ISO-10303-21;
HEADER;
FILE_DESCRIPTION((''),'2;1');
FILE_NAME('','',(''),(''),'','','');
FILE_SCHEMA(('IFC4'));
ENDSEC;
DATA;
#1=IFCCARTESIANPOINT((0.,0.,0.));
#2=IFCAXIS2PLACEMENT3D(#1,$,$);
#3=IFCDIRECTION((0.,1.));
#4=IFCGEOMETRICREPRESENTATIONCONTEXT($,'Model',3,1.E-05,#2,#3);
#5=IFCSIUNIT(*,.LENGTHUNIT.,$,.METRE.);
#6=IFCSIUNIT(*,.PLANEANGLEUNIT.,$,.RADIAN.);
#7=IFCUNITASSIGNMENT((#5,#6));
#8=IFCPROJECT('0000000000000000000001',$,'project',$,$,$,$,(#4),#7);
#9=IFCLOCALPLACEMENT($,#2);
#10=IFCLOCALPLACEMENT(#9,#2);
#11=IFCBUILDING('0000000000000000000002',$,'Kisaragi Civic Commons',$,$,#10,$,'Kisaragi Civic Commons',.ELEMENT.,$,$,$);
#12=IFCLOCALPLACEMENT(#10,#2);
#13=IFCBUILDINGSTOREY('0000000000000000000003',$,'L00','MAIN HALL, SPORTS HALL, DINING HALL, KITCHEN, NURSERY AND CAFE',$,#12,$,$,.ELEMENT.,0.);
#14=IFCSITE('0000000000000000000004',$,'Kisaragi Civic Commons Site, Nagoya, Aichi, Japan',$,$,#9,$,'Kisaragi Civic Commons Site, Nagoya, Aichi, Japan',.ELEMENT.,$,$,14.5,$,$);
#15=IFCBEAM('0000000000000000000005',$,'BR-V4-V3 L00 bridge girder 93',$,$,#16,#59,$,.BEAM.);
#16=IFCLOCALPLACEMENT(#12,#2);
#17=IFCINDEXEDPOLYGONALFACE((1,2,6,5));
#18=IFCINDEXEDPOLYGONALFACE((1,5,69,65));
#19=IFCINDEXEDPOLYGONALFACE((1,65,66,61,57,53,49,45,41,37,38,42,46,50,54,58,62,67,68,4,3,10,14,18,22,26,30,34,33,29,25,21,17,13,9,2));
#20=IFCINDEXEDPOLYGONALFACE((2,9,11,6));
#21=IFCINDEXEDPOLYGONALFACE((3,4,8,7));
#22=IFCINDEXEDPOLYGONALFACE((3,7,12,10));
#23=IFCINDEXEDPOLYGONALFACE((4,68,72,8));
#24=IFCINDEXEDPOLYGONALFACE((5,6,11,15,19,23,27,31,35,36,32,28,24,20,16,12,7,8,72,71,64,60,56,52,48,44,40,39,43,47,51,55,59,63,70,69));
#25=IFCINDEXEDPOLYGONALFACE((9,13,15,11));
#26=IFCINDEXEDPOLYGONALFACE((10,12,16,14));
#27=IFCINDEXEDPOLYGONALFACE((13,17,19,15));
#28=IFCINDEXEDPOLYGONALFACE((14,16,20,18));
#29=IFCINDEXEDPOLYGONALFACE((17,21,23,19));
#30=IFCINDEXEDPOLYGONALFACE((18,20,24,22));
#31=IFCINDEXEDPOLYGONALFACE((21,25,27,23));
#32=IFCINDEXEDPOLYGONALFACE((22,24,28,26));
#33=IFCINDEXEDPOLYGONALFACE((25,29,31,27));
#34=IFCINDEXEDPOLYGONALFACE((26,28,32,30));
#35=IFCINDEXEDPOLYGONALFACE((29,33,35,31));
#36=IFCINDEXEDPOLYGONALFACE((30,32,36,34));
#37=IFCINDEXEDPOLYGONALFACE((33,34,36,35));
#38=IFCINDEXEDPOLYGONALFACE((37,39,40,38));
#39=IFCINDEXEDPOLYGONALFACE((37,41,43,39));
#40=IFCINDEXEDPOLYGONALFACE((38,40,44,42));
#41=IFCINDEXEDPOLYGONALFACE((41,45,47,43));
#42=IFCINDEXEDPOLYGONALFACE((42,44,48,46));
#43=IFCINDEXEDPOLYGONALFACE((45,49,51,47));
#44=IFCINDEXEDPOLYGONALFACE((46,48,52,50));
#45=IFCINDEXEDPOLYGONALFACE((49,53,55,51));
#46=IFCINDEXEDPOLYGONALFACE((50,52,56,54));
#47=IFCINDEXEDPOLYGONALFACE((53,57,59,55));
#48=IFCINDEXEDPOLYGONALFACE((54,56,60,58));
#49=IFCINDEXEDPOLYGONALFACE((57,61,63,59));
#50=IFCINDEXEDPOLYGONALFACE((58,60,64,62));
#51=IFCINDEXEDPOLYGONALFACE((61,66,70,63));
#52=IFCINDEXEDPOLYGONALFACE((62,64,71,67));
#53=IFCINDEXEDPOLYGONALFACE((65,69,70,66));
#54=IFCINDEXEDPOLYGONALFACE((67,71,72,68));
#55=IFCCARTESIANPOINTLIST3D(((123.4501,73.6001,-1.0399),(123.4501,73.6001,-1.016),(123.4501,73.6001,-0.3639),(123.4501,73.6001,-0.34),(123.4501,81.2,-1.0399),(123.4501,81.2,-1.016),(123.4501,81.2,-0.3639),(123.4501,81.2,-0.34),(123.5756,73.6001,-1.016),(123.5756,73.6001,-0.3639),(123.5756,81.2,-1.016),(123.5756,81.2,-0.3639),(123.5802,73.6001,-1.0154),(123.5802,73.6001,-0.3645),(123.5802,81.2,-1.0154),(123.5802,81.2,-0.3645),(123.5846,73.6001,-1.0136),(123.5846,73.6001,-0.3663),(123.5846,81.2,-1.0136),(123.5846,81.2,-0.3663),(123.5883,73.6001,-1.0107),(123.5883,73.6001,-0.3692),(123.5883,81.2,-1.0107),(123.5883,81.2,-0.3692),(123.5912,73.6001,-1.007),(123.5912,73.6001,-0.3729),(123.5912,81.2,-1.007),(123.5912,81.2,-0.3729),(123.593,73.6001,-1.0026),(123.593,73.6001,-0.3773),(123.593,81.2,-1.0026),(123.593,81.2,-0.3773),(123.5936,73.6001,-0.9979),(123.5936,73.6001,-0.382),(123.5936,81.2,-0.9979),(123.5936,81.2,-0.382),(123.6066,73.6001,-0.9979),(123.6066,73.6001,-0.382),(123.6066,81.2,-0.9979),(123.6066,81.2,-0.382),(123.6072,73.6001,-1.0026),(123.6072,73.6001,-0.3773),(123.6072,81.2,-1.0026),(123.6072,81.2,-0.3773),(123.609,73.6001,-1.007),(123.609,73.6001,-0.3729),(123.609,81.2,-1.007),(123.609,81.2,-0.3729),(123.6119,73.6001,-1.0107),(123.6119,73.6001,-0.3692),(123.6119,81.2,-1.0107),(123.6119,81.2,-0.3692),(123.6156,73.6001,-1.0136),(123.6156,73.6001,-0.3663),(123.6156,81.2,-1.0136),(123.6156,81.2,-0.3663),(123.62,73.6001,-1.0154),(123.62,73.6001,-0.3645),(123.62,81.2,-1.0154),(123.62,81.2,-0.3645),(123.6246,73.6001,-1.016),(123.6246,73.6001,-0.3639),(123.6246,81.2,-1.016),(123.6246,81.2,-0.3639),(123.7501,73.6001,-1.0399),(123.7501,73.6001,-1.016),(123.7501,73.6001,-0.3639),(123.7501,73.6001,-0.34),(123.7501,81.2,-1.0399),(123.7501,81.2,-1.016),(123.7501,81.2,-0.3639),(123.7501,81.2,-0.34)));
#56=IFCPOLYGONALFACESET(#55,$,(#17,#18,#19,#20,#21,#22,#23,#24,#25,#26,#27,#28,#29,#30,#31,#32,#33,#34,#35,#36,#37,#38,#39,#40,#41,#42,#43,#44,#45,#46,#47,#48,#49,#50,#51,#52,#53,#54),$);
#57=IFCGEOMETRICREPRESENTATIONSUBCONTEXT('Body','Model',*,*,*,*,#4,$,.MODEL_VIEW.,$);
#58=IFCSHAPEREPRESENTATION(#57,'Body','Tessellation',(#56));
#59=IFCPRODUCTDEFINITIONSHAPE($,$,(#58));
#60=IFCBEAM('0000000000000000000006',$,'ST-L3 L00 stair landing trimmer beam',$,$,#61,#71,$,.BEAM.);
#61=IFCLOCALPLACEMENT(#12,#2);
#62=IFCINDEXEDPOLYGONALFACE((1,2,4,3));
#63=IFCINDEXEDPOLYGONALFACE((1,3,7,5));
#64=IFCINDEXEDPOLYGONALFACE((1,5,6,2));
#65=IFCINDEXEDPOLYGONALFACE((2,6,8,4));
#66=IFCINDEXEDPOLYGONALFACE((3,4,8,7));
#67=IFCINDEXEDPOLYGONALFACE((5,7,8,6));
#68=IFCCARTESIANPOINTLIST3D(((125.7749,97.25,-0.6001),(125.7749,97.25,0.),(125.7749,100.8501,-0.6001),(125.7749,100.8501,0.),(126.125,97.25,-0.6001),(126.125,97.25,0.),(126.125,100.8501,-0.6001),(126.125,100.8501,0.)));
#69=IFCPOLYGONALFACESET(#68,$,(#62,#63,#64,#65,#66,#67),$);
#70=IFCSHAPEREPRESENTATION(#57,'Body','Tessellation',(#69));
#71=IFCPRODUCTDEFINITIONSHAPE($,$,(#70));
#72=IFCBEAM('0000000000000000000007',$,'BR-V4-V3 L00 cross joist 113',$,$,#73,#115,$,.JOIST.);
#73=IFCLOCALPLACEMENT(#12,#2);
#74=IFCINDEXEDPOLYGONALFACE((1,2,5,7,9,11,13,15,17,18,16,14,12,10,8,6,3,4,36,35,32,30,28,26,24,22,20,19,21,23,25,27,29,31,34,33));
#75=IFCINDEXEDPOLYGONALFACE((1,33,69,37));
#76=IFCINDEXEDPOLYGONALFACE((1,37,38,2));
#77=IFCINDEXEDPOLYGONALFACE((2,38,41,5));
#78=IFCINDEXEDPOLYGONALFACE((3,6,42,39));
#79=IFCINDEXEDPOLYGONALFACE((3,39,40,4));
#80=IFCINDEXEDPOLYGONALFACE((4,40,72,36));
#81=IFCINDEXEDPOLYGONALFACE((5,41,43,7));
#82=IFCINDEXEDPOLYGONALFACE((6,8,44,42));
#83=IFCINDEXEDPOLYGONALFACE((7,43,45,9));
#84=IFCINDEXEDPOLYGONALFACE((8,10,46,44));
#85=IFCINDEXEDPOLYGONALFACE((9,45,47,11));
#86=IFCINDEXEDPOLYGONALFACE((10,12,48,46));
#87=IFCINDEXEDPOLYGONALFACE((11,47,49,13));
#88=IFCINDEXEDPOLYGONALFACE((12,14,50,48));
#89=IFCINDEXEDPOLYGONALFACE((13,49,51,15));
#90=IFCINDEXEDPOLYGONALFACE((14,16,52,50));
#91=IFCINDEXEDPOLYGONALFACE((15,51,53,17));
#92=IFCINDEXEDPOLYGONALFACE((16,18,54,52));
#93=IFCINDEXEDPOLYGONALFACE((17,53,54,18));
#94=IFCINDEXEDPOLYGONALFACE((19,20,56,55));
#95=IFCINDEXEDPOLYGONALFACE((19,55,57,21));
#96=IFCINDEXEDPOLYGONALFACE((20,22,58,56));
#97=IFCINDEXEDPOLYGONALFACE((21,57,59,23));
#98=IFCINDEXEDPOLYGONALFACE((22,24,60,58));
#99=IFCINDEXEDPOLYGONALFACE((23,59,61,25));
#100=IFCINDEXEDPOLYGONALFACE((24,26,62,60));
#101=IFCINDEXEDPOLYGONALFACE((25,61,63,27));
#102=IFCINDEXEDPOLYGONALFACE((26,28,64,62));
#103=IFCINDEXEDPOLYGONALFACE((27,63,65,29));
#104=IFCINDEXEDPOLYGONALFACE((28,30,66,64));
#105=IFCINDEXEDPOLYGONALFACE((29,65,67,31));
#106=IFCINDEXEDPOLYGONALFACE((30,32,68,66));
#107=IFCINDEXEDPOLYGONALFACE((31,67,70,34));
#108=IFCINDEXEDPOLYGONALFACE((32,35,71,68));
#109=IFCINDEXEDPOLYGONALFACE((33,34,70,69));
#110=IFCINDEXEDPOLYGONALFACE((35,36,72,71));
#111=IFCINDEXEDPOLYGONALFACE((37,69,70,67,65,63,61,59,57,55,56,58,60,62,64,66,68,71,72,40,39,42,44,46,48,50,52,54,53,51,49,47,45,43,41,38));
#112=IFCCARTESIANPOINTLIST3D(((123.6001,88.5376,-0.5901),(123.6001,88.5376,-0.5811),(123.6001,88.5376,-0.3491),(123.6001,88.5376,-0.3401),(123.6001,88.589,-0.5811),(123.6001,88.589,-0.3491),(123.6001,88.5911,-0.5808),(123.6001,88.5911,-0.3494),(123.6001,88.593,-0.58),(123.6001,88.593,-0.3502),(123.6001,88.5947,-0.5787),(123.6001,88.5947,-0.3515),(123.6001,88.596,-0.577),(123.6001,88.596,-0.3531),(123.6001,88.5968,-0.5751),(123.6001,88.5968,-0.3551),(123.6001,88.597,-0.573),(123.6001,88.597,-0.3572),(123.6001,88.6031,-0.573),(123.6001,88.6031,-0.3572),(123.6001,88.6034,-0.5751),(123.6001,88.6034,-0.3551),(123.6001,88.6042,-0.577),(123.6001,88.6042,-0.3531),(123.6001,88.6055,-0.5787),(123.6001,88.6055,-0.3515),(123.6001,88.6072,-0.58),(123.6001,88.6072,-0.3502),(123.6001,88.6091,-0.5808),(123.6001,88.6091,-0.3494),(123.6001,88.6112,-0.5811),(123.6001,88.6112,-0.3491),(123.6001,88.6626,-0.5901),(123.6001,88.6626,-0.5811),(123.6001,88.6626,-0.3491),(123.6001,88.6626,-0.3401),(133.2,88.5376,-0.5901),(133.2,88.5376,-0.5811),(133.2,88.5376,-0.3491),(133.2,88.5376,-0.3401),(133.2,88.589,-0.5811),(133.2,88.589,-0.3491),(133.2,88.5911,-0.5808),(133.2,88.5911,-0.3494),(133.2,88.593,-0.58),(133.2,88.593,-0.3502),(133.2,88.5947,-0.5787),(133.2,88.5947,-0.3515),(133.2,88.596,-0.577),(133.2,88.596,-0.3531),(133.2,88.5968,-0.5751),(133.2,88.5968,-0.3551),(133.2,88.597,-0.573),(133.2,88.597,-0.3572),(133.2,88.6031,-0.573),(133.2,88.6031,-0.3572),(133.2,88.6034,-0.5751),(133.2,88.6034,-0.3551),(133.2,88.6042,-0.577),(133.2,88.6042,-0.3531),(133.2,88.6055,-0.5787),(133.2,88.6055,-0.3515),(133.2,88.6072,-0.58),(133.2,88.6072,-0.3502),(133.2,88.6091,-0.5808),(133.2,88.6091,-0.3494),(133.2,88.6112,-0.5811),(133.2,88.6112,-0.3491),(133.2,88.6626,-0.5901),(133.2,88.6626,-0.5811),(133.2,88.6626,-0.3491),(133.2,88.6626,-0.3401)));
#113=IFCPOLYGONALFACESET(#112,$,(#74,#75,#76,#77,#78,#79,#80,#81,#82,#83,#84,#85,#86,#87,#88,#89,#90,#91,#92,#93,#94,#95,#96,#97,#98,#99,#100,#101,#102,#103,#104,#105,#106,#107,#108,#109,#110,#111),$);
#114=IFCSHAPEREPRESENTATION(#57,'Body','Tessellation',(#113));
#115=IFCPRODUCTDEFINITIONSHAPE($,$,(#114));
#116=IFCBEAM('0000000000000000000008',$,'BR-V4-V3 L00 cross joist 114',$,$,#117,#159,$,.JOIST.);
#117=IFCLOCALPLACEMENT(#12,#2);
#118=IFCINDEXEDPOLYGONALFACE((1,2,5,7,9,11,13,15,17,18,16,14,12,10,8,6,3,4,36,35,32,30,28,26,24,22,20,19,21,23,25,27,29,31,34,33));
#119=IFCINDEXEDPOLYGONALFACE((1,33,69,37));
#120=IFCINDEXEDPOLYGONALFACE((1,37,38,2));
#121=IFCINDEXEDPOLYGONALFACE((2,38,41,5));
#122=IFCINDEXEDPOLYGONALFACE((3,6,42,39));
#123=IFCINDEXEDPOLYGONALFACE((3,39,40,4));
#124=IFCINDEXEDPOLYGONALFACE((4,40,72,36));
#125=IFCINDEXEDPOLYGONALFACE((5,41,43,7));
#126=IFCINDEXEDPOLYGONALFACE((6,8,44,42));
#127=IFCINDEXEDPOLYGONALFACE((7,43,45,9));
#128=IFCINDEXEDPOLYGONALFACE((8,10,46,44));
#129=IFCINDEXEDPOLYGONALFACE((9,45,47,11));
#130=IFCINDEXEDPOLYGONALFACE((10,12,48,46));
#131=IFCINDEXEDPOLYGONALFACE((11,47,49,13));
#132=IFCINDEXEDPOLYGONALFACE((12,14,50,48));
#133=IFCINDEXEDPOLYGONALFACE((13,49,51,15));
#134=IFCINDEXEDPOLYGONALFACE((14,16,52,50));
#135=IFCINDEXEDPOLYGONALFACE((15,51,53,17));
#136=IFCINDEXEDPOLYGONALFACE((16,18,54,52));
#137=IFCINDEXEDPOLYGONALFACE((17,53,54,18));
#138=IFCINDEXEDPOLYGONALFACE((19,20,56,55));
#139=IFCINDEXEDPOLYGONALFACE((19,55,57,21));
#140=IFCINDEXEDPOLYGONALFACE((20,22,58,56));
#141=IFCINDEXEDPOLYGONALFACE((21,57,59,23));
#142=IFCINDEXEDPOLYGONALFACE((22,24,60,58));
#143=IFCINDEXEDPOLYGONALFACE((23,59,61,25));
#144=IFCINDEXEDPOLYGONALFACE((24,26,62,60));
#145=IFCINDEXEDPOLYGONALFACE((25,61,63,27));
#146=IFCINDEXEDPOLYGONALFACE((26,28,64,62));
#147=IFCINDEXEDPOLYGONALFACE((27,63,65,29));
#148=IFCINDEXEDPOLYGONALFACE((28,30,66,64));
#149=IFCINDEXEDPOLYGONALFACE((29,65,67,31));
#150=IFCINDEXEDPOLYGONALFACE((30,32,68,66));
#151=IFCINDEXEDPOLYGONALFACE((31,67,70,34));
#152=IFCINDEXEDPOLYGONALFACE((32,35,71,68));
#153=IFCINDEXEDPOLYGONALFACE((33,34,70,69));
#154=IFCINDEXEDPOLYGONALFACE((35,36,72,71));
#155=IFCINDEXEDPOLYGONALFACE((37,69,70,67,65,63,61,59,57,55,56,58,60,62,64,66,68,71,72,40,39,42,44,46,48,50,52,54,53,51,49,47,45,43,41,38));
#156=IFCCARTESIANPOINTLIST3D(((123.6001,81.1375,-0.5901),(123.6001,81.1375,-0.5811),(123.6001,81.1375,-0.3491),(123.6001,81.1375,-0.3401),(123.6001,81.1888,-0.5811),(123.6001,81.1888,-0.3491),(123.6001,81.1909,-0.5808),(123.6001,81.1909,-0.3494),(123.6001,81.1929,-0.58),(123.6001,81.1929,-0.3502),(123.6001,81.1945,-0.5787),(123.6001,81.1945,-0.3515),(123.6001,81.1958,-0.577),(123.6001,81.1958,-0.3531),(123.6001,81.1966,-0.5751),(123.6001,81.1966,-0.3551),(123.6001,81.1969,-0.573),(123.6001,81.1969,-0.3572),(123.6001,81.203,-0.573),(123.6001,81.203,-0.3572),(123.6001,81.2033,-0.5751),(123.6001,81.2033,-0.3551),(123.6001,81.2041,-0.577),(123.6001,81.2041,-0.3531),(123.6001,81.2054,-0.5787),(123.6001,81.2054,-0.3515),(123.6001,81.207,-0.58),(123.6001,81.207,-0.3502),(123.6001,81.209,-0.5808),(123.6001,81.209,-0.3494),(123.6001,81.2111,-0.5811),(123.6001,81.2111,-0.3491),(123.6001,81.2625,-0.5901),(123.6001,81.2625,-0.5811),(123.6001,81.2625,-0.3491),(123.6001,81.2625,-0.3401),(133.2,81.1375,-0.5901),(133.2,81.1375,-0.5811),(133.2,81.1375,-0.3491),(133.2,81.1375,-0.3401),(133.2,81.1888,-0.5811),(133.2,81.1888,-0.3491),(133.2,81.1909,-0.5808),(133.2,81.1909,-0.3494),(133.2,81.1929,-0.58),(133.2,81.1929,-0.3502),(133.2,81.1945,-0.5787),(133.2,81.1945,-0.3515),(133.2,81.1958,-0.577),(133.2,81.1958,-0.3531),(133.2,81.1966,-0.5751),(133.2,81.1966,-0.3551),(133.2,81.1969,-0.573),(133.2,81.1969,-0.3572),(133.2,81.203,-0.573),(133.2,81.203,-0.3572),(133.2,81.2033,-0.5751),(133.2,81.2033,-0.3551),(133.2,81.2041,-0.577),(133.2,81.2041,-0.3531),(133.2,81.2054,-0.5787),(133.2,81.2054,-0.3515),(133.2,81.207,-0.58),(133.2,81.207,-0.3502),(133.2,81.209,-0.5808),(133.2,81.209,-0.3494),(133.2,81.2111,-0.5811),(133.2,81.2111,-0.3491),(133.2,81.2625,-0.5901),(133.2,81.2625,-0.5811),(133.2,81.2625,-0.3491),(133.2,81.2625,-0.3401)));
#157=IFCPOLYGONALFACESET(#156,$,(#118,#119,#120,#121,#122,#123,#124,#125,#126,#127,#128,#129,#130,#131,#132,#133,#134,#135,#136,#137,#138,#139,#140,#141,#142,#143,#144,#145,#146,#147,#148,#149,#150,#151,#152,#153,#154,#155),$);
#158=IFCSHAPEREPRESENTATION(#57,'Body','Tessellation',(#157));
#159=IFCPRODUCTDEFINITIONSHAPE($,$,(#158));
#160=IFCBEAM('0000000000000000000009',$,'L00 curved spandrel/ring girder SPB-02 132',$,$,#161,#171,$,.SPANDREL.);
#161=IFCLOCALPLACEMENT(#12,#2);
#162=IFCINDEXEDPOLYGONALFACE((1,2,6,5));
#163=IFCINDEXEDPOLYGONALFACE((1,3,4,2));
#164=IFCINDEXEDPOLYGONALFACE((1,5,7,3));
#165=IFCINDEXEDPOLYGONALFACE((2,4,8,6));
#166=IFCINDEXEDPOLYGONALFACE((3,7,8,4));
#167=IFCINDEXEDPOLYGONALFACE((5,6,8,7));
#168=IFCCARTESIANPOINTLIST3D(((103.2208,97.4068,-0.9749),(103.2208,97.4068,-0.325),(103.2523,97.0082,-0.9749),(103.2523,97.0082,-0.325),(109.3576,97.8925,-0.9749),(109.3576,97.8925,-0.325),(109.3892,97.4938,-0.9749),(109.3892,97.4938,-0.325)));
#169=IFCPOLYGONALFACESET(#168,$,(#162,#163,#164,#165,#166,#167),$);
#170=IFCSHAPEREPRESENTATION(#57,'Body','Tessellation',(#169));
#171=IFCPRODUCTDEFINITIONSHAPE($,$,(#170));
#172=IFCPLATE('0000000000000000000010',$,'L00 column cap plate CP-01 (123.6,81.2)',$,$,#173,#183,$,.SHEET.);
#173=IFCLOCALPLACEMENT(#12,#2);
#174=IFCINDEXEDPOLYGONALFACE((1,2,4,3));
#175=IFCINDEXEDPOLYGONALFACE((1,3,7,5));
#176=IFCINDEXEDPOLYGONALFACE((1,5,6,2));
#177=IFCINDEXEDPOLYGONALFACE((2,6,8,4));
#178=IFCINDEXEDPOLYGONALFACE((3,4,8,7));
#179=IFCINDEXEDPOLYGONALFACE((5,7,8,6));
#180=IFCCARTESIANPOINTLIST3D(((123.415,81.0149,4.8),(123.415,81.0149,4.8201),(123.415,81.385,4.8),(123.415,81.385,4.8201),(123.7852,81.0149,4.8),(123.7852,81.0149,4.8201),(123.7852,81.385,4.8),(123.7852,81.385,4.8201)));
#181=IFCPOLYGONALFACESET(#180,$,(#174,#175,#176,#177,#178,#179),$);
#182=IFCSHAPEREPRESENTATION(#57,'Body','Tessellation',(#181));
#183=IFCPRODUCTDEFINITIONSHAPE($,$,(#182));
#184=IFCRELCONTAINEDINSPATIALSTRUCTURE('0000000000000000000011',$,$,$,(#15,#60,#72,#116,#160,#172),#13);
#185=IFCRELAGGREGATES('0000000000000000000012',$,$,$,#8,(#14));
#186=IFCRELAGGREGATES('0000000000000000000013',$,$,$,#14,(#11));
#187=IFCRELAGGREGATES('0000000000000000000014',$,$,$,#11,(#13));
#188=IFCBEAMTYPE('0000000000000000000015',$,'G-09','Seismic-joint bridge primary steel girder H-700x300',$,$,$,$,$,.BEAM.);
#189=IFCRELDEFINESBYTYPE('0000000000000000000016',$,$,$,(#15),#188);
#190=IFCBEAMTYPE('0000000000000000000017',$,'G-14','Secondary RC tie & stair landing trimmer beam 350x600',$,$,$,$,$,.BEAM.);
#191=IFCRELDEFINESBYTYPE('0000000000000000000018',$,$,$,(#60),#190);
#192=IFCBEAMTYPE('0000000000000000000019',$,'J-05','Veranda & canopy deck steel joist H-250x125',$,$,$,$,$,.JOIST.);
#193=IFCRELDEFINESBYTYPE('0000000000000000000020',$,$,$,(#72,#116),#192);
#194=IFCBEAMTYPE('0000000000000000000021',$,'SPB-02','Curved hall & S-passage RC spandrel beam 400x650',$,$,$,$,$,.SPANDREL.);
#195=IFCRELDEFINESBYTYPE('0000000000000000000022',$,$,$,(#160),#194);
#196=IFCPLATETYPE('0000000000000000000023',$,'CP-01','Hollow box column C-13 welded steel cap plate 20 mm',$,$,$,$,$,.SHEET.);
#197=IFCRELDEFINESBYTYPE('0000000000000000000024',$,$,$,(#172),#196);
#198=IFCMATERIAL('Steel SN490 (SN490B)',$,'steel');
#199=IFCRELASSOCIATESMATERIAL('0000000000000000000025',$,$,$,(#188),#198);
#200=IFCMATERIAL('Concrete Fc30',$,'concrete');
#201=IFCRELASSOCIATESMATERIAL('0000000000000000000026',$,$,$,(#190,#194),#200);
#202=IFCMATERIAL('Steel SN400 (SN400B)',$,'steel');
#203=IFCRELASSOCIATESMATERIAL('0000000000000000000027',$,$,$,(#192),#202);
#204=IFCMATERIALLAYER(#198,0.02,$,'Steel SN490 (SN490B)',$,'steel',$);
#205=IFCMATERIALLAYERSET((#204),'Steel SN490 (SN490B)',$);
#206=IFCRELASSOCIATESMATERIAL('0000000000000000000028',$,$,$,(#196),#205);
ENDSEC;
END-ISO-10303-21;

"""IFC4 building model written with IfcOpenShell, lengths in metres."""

from ifc_helpers import new_model, si_unit, direction, frame, origin, origin_2d, place, context, subcontext, project, spatial, rectangle, i_section, extrude, material, layer, layer_set, material_profile, profile_set, type_object, element, save


model = new_model("IFC4")

# Units and contexts
model_context = context("Model", 3, precision=1e-05, world=origin(), true_north=direction((0.0, 1.0)))
body_context = subcontext(model_context, "Body", "Model", "MODEL_VIEW")
ifc_project = project(units=[si_unit("LENGTHUNIT", "METRE"), si_unit("PLANEANGLEUNIT", "RADIAN")], contexts=[model_context])

# Site, building, storey
site_placement = place(None, origin())
site = spatial("IfcSite", under=ifc_project, at=site_placement, Name="Kisaragi Civic Commons Site, Nagoya, Aichi, Japan", LongName="Kisaragi Civic Commons Site, Nagoya, Aichi, Japan", CompositionType="ELEMENT", RefElevation=14.5)
building_placement = place(site_placement, origin())
building = spatial("IfcBuilding", under=site, at=building_placement, Name="Kisaragi Civic Commons", LongName="Kisaragi Civic Commons", CompositionType="ELEMENT")
storey_placement = place(building_placement, origin())
storey = spatial("IfcBuildingStorey", under=building, at=storey_placement, Name="L00", Description="MAIN HALL, SPORTS HALL, DINING HALL, KITCHEN, NURSERY AND CAFE", CompositionType="ELEMENT", Elevation=0.0)

# Beams
ifc_material_1 = material(Name="Steel SN490 (SN490B)", Category="steel")
ifc_material_profile_1 = material_profile(ifc_material_1, i_section(OverallWidth=0.3, OverallDepth=0.7, WebThickness=0.0129, FlangeThickness=0.0239, FilletRadius=0.0181, at=origin_2d()), Name="H-700x300x13x24", Category="steel")
ifc_profile_set_1 = profile_set([ifc_material_profile_1], Name="Steel SN490 (SN490B)")
beam_type_1 = type_object("IfcBeamType", Name="G-09", Description="Seismic-joint bridge primary steel girder H-700x300", PredefinedType="BEAM", material=ifc_profile_set_1)
beam_1_placement = place(storey_placement, frame((123.6001, 81.2, -0.6899), z_axis=(0.0, -1.0, 0.0), x_axis=(1.0, 0.0, 0.0)))
element("IfcBeam", 1, at=beam_1_placement, inside=storey, type_object=beam_type_1, Name="BR-V4-V3 L00 bridge girder 93", PredefinedType="BEAM", context=body_context, shape_type="SweptSolid", body=[
    extrude(i_section(OverallWidth=0.3, OverallDepth=0.7, WebThickness=0.0129, FlangeThickness=0.0239, FilletRadius=0.0181, at=origin_2d()), origin(), (0.0, 0.0, 1.0), 7.5999),
])
ifc_material_2 = material(Name="Concrete Fc30", Category="concrete")
ifc_material_profile_2 = material_profile(ifc_material_2, rectangle(XDim=0.3501, YDim=0.6001, at=origin_2d()), Name="RC-350x600", Category="concrete")
ifc_profile_set_2 = profile_set([ifc_material_profile_2], Name="Concrete Fc30")
beam_type_2 = type_object("IfcBeamType", Name="G-14", Description="Secondary RC tie & stair landing trimmer beam 350x600", PredefinedType="BEAM", material=ifc_profile_set_2)
beam_2_placement = place(storey_placement, frame((125.95, 97.25, -0.3), z_axis=(0.0, 1.0, 0.0), x_axis=(-1.0, 0.0, 0.0)))
element("IfcBeam", 2, at=beam_2_placement, inside=storey, type_object=beam_type_2, Name="ST-L3 L00 stair landing trimmer beam", PredefinedType="BEAM", context=body_context, shape_type="SweptSolid", body=[
    extrude(rectangle(XDim=0.3501, YDim=0.6001, at=origin_2d()), origin(), (0.0, 0.0, 1.0), 3.6001),
])
ifc_material_3 = material(Name="Steel SN400 (SN400B)", Category="steel")
ifc_material_profile_3 = material_profile(ifc_material_3, i_section(OverallWidth=0.125, OverallDepth=0.25, WebThickness=0.0061, FlangeThickness=0.009, FilletRadius=0.0081, at=origin_2d()), Name="H-250x125x6x9", Category="steel")
ifc_profile_set_3 = profile_set([ifc_material_profile_3], Name="Steel SN400 (SN400B)")
beam_type_3 = type_object("IfcBeamType", Name="J-05", Description="Veranda & canopy deck steel joist H-250x125", PredefinedType="JOIST", material=ifc_profile_set_3)
for number, where, z_axis, x_axis, name in (
    (3, (123.6001, 88.6001, -0.4651), (1.0, 0.0, 0.0), (0.0, 1.0, 0.0), "BR-V4-V3 L00 cross joist 113"),
    (4, (123.6001, 81.2, -0.4651), (1.0, 0.0, 0.0), (0.0, 1.0, 0.0), "BR-V4-V3 L00 cross joist 114"),
):
    element("IfcBeam", number, at=place(storey_placement, frame(where, z_axis=z_axis, x_axis=x_axis)), inside=storey, type_object=beam_type_3, Name=name, PredefinedType="JOIST", context=body_context, shape_type="SweptSolid", body=[
        extrude(i_section(OverallWidth=0.125, OverallDepth=0.25, WebThickness=0.0061, FlangeThickness=0.009, FilletRadius=0.0081, at=origin_2d()), origin(), (0.0, 0.0, 1.0), 9.5999),
    ])
ifc_material_profile_4 = material_profile(ifc_material_2, rectangle(XDim=0.3999, YDim=0.6499, at=origin_2d()), Name="RC-400x650", Category="concrete")
ifc_profile_set_4 = profile_set([ifc_material_profile_4], Name="Concrete Fc30")
beam_type_4 = type_object("IfcBeamType", Name="SPB-02", Description="Curved hall & S-passage RC spandrel beam 400x650", PredefinedType="SPANDREL", material=ifc_profile_set_4)
beam_3_placement = place(storey_placement, frame((103.2366, 97.2075, -0.6499), z_axis=(0.996884, 0.078883, 0.0), x_axis=(-0.078883, 0.996884, 0.0)))
element("IfcBeam", 5, at=beam_3_placement, inside=storey, type_object=beam_type_4, Name="L00 curved spandrel/ring girder SPB-02 132", PredefinedType="SPANDREL", context=body_context, shape_type="SweptSolid", body=[
    extrude(rectangle(XDim=0.3999, YDim=0.6499, at=origin_2d()), origin(), (0.0, 0.0, 1.0), 6.156),
])

# Plate
ifc_layer_1 = layer(ifc_material_1, 0.02, Name="Steel SN490 (SN490B)", Category="steel")
ifc_layer_set_1 = layer_set([ifc_layer_1], Name="Steel SN490 (SN490B)")
plate_type = type_object("IfcPlateType", Name="CP-01", Description="Hollow box column C-13 welded steel cap plate 20 mm", PredefinedType="SHEET", material=ifc_layer_set_1)
for number, where, z_axis, x_axis, name in (
    (6, (123.6001, 81.2, 4.8), (0.0, 0.0, 1.0), (1.0, 0.0, 0.0), "L00 column cap plate CP-01 (123.6,81.2)"),
):
    element("IfcPlate", number, at=place(storey_placement, frame(where, z_axis=z_axis, x_axis=x_axis)), inside=storey, type_object=plate_type, Name=name, PredefinedType="SHEET", context=body_context, shape_type="SweptSolid", body=[
        extrude(rectangle(XDim=0.3701, YDim=0.3701, at=origin_2d()), origin(), (0.0, 0.0, 1.0), 0.02),
    ])

save(model, "model.ifc")
